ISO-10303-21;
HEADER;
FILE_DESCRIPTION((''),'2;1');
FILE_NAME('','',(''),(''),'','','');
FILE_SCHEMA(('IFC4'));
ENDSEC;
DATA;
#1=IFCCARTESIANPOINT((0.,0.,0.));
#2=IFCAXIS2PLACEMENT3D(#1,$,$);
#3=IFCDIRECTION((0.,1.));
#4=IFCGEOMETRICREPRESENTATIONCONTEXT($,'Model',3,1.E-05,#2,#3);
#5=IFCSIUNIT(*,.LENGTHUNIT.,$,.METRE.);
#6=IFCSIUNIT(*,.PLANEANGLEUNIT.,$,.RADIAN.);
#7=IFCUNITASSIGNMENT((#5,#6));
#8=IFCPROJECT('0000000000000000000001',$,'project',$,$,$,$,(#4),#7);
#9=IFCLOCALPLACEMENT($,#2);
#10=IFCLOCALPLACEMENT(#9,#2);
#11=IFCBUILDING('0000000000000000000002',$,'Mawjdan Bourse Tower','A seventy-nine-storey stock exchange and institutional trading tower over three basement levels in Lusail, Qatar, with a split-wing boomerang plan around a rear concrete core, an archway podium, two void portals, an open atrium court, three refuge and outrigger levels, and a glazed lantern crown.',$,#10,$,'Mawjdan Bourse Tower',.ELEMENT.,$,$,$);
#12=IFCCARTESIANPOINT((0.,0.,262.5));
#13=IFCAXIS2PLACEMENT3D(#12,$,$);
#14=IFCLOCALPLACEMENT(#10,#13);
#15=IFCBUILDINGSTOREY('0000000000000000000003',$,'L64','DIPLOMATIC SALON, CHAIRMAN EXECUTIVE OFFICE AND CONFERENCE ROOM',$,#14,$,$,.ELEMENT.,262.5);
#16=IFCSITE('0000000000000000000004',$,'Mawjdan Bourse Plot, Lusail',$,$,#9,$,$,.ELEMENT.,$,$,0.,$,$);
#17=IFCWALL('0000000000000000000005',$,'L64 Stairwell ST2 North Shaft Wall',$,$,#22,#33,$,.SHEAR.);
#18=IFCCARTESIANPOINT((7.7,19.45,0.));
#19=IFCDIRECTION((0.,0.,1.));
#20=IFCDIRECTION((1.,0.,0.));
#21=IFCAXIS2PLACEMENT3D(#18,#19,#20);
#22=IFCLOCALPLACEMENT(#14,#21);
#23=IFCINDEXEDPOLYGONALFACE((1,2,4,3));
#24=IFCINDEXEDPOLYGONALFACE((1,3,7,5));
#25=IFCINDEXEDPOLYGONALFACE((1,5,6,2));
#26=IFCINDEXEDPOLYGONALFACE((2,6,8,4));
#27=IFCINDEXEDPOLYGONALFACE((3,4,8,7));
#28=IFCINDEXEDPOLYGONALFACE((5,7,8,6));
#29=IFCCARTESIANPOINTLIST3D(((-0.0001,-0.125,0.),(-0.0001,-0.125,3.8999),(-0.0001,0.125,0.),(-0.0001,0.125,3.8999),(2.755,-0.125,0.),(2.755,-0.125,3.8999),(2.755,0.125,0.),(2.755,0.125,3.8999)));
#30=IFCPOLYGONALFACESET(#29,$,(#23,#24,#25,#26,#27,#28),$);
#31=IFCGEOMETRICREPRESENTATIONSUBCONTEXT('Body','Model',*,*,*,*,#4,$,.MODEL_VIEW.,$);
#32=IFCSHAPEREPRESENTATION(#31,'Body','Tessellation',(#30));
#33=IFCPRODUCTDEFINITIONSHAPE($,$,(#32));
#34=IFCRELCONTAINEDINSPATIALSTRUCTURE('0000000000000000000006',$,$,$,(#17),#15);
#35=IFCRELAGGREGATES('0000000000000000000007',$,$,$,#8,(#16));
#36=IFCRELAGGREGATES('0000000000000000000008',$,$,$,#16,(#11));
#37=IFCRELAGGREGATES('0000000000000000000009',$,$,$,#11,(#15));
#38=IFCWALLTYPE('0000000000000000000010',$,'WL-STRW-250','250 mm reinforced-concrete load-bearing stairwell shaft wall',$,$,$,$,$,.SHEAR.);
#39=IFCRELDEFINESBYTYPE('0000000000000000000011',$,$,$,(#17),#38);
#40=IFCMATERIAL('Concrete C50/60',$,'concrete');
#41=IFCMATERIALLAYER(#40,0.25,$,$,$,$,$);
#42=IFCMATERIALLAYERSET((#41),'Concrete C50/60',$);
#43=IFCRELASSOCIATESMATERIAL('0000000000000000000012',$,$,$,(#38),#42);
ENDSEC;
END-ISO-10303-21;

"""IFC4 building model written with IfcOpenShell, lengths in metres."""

from ifc_helpers import new_model, si_unit, direction, frame, frame_2d, origin, place, context, subcontext, project, spatial, rectangle, extrude, material, layer, layer_set, type_object, element, save


model = new_model("IFC4")

# Units and contexts
model_context = context("Model", 3, precision=1e-05, world=origin(), true_north=direction((0.0, 1.0)))
body_context = subcontext(model_context, "Body", "Model", "MODEL_VIEW")
ifc_project = project(units=[si_unit("LENGTHUNIT", "METRE"), si_unit("PLANEANGLEUNIT", "RADIAN")], contexts=[model_context])

# Site, building, storey
site_placement = place(None, origin())
site = spatial("IfcSite", under=ifc_project, at=site_placement, Name="Mawjdan Bourse Plot, Lusail", CompositionType="ELEMENT", RefElevation=0.0)
building_placement = place(site_placement, origin())
building = spatial("IfcBuilding", under=site, at=building_placement, Name="Mawjdan Bourse Tower", Description="A seventy-nine-storey stock exchange and institutional trading tower over three basement levels in Lusail, Qatar, with a split-wing boomerang plan around a rear concrete core, an archway podium, two void portals, an open atrium court, three refuge and outrigger levels, and a glazed lantern crown.", LongName="Mawjdan Bourse Tower", CompositionType="ELEMENT")
storey_placement = place(building_placement, frame((0.0, 0.0, 262.5)))
storey = spatial("IfcBuildingStorey", under=building, at=storey_placement, Name="L64", Description="DIPLOMATIC SALON, CHAIRMAN EXECUTIVE OFFICE AND CONFERENCE ROOM", CompositionType="ELEMENT", Elevation=262.5)

# Wall
ifc_material_1 = material(Name="Concrete C50/60", Category="concrete")
ifc_layer_1 = layer(ifc_material_1, 0.25)
ifc_layer_set_1 = layer_set([ifc_layer_1], Name="Concrete C50/60")
wall_type_1 = type_object("IfcWallType", Name="WL-STRW-250", Description="250 mm reinforced-concrete load-bearing stairwell shaft wall", PredefinedType="SHEAR", material=ifc_layer_set_1)
wall_1_placement = place(storey_placement, frame((7.7, 19.45, 0.0), z_axis=(0.0, 0.0, 1.0), x_axis=(1.0, 0.0, 0.0)))
element("IfcWall", 1, at=wall_1_placement, inside=storey, type_object=wall_type_1, Name="L64 Stairwell ST2 North Shaft Wall", PredefinedType="SHEAR", context=body_context, shape_type="SweptSolid", body=[
    extrude(rectangle(XDim=2.7551, YDim=0.25, at=frame_2d((1.3774, 0.0))), origin(), (0.0, 0.0, 1.0), 3.8999),
])

save(model, "model.ifc")
